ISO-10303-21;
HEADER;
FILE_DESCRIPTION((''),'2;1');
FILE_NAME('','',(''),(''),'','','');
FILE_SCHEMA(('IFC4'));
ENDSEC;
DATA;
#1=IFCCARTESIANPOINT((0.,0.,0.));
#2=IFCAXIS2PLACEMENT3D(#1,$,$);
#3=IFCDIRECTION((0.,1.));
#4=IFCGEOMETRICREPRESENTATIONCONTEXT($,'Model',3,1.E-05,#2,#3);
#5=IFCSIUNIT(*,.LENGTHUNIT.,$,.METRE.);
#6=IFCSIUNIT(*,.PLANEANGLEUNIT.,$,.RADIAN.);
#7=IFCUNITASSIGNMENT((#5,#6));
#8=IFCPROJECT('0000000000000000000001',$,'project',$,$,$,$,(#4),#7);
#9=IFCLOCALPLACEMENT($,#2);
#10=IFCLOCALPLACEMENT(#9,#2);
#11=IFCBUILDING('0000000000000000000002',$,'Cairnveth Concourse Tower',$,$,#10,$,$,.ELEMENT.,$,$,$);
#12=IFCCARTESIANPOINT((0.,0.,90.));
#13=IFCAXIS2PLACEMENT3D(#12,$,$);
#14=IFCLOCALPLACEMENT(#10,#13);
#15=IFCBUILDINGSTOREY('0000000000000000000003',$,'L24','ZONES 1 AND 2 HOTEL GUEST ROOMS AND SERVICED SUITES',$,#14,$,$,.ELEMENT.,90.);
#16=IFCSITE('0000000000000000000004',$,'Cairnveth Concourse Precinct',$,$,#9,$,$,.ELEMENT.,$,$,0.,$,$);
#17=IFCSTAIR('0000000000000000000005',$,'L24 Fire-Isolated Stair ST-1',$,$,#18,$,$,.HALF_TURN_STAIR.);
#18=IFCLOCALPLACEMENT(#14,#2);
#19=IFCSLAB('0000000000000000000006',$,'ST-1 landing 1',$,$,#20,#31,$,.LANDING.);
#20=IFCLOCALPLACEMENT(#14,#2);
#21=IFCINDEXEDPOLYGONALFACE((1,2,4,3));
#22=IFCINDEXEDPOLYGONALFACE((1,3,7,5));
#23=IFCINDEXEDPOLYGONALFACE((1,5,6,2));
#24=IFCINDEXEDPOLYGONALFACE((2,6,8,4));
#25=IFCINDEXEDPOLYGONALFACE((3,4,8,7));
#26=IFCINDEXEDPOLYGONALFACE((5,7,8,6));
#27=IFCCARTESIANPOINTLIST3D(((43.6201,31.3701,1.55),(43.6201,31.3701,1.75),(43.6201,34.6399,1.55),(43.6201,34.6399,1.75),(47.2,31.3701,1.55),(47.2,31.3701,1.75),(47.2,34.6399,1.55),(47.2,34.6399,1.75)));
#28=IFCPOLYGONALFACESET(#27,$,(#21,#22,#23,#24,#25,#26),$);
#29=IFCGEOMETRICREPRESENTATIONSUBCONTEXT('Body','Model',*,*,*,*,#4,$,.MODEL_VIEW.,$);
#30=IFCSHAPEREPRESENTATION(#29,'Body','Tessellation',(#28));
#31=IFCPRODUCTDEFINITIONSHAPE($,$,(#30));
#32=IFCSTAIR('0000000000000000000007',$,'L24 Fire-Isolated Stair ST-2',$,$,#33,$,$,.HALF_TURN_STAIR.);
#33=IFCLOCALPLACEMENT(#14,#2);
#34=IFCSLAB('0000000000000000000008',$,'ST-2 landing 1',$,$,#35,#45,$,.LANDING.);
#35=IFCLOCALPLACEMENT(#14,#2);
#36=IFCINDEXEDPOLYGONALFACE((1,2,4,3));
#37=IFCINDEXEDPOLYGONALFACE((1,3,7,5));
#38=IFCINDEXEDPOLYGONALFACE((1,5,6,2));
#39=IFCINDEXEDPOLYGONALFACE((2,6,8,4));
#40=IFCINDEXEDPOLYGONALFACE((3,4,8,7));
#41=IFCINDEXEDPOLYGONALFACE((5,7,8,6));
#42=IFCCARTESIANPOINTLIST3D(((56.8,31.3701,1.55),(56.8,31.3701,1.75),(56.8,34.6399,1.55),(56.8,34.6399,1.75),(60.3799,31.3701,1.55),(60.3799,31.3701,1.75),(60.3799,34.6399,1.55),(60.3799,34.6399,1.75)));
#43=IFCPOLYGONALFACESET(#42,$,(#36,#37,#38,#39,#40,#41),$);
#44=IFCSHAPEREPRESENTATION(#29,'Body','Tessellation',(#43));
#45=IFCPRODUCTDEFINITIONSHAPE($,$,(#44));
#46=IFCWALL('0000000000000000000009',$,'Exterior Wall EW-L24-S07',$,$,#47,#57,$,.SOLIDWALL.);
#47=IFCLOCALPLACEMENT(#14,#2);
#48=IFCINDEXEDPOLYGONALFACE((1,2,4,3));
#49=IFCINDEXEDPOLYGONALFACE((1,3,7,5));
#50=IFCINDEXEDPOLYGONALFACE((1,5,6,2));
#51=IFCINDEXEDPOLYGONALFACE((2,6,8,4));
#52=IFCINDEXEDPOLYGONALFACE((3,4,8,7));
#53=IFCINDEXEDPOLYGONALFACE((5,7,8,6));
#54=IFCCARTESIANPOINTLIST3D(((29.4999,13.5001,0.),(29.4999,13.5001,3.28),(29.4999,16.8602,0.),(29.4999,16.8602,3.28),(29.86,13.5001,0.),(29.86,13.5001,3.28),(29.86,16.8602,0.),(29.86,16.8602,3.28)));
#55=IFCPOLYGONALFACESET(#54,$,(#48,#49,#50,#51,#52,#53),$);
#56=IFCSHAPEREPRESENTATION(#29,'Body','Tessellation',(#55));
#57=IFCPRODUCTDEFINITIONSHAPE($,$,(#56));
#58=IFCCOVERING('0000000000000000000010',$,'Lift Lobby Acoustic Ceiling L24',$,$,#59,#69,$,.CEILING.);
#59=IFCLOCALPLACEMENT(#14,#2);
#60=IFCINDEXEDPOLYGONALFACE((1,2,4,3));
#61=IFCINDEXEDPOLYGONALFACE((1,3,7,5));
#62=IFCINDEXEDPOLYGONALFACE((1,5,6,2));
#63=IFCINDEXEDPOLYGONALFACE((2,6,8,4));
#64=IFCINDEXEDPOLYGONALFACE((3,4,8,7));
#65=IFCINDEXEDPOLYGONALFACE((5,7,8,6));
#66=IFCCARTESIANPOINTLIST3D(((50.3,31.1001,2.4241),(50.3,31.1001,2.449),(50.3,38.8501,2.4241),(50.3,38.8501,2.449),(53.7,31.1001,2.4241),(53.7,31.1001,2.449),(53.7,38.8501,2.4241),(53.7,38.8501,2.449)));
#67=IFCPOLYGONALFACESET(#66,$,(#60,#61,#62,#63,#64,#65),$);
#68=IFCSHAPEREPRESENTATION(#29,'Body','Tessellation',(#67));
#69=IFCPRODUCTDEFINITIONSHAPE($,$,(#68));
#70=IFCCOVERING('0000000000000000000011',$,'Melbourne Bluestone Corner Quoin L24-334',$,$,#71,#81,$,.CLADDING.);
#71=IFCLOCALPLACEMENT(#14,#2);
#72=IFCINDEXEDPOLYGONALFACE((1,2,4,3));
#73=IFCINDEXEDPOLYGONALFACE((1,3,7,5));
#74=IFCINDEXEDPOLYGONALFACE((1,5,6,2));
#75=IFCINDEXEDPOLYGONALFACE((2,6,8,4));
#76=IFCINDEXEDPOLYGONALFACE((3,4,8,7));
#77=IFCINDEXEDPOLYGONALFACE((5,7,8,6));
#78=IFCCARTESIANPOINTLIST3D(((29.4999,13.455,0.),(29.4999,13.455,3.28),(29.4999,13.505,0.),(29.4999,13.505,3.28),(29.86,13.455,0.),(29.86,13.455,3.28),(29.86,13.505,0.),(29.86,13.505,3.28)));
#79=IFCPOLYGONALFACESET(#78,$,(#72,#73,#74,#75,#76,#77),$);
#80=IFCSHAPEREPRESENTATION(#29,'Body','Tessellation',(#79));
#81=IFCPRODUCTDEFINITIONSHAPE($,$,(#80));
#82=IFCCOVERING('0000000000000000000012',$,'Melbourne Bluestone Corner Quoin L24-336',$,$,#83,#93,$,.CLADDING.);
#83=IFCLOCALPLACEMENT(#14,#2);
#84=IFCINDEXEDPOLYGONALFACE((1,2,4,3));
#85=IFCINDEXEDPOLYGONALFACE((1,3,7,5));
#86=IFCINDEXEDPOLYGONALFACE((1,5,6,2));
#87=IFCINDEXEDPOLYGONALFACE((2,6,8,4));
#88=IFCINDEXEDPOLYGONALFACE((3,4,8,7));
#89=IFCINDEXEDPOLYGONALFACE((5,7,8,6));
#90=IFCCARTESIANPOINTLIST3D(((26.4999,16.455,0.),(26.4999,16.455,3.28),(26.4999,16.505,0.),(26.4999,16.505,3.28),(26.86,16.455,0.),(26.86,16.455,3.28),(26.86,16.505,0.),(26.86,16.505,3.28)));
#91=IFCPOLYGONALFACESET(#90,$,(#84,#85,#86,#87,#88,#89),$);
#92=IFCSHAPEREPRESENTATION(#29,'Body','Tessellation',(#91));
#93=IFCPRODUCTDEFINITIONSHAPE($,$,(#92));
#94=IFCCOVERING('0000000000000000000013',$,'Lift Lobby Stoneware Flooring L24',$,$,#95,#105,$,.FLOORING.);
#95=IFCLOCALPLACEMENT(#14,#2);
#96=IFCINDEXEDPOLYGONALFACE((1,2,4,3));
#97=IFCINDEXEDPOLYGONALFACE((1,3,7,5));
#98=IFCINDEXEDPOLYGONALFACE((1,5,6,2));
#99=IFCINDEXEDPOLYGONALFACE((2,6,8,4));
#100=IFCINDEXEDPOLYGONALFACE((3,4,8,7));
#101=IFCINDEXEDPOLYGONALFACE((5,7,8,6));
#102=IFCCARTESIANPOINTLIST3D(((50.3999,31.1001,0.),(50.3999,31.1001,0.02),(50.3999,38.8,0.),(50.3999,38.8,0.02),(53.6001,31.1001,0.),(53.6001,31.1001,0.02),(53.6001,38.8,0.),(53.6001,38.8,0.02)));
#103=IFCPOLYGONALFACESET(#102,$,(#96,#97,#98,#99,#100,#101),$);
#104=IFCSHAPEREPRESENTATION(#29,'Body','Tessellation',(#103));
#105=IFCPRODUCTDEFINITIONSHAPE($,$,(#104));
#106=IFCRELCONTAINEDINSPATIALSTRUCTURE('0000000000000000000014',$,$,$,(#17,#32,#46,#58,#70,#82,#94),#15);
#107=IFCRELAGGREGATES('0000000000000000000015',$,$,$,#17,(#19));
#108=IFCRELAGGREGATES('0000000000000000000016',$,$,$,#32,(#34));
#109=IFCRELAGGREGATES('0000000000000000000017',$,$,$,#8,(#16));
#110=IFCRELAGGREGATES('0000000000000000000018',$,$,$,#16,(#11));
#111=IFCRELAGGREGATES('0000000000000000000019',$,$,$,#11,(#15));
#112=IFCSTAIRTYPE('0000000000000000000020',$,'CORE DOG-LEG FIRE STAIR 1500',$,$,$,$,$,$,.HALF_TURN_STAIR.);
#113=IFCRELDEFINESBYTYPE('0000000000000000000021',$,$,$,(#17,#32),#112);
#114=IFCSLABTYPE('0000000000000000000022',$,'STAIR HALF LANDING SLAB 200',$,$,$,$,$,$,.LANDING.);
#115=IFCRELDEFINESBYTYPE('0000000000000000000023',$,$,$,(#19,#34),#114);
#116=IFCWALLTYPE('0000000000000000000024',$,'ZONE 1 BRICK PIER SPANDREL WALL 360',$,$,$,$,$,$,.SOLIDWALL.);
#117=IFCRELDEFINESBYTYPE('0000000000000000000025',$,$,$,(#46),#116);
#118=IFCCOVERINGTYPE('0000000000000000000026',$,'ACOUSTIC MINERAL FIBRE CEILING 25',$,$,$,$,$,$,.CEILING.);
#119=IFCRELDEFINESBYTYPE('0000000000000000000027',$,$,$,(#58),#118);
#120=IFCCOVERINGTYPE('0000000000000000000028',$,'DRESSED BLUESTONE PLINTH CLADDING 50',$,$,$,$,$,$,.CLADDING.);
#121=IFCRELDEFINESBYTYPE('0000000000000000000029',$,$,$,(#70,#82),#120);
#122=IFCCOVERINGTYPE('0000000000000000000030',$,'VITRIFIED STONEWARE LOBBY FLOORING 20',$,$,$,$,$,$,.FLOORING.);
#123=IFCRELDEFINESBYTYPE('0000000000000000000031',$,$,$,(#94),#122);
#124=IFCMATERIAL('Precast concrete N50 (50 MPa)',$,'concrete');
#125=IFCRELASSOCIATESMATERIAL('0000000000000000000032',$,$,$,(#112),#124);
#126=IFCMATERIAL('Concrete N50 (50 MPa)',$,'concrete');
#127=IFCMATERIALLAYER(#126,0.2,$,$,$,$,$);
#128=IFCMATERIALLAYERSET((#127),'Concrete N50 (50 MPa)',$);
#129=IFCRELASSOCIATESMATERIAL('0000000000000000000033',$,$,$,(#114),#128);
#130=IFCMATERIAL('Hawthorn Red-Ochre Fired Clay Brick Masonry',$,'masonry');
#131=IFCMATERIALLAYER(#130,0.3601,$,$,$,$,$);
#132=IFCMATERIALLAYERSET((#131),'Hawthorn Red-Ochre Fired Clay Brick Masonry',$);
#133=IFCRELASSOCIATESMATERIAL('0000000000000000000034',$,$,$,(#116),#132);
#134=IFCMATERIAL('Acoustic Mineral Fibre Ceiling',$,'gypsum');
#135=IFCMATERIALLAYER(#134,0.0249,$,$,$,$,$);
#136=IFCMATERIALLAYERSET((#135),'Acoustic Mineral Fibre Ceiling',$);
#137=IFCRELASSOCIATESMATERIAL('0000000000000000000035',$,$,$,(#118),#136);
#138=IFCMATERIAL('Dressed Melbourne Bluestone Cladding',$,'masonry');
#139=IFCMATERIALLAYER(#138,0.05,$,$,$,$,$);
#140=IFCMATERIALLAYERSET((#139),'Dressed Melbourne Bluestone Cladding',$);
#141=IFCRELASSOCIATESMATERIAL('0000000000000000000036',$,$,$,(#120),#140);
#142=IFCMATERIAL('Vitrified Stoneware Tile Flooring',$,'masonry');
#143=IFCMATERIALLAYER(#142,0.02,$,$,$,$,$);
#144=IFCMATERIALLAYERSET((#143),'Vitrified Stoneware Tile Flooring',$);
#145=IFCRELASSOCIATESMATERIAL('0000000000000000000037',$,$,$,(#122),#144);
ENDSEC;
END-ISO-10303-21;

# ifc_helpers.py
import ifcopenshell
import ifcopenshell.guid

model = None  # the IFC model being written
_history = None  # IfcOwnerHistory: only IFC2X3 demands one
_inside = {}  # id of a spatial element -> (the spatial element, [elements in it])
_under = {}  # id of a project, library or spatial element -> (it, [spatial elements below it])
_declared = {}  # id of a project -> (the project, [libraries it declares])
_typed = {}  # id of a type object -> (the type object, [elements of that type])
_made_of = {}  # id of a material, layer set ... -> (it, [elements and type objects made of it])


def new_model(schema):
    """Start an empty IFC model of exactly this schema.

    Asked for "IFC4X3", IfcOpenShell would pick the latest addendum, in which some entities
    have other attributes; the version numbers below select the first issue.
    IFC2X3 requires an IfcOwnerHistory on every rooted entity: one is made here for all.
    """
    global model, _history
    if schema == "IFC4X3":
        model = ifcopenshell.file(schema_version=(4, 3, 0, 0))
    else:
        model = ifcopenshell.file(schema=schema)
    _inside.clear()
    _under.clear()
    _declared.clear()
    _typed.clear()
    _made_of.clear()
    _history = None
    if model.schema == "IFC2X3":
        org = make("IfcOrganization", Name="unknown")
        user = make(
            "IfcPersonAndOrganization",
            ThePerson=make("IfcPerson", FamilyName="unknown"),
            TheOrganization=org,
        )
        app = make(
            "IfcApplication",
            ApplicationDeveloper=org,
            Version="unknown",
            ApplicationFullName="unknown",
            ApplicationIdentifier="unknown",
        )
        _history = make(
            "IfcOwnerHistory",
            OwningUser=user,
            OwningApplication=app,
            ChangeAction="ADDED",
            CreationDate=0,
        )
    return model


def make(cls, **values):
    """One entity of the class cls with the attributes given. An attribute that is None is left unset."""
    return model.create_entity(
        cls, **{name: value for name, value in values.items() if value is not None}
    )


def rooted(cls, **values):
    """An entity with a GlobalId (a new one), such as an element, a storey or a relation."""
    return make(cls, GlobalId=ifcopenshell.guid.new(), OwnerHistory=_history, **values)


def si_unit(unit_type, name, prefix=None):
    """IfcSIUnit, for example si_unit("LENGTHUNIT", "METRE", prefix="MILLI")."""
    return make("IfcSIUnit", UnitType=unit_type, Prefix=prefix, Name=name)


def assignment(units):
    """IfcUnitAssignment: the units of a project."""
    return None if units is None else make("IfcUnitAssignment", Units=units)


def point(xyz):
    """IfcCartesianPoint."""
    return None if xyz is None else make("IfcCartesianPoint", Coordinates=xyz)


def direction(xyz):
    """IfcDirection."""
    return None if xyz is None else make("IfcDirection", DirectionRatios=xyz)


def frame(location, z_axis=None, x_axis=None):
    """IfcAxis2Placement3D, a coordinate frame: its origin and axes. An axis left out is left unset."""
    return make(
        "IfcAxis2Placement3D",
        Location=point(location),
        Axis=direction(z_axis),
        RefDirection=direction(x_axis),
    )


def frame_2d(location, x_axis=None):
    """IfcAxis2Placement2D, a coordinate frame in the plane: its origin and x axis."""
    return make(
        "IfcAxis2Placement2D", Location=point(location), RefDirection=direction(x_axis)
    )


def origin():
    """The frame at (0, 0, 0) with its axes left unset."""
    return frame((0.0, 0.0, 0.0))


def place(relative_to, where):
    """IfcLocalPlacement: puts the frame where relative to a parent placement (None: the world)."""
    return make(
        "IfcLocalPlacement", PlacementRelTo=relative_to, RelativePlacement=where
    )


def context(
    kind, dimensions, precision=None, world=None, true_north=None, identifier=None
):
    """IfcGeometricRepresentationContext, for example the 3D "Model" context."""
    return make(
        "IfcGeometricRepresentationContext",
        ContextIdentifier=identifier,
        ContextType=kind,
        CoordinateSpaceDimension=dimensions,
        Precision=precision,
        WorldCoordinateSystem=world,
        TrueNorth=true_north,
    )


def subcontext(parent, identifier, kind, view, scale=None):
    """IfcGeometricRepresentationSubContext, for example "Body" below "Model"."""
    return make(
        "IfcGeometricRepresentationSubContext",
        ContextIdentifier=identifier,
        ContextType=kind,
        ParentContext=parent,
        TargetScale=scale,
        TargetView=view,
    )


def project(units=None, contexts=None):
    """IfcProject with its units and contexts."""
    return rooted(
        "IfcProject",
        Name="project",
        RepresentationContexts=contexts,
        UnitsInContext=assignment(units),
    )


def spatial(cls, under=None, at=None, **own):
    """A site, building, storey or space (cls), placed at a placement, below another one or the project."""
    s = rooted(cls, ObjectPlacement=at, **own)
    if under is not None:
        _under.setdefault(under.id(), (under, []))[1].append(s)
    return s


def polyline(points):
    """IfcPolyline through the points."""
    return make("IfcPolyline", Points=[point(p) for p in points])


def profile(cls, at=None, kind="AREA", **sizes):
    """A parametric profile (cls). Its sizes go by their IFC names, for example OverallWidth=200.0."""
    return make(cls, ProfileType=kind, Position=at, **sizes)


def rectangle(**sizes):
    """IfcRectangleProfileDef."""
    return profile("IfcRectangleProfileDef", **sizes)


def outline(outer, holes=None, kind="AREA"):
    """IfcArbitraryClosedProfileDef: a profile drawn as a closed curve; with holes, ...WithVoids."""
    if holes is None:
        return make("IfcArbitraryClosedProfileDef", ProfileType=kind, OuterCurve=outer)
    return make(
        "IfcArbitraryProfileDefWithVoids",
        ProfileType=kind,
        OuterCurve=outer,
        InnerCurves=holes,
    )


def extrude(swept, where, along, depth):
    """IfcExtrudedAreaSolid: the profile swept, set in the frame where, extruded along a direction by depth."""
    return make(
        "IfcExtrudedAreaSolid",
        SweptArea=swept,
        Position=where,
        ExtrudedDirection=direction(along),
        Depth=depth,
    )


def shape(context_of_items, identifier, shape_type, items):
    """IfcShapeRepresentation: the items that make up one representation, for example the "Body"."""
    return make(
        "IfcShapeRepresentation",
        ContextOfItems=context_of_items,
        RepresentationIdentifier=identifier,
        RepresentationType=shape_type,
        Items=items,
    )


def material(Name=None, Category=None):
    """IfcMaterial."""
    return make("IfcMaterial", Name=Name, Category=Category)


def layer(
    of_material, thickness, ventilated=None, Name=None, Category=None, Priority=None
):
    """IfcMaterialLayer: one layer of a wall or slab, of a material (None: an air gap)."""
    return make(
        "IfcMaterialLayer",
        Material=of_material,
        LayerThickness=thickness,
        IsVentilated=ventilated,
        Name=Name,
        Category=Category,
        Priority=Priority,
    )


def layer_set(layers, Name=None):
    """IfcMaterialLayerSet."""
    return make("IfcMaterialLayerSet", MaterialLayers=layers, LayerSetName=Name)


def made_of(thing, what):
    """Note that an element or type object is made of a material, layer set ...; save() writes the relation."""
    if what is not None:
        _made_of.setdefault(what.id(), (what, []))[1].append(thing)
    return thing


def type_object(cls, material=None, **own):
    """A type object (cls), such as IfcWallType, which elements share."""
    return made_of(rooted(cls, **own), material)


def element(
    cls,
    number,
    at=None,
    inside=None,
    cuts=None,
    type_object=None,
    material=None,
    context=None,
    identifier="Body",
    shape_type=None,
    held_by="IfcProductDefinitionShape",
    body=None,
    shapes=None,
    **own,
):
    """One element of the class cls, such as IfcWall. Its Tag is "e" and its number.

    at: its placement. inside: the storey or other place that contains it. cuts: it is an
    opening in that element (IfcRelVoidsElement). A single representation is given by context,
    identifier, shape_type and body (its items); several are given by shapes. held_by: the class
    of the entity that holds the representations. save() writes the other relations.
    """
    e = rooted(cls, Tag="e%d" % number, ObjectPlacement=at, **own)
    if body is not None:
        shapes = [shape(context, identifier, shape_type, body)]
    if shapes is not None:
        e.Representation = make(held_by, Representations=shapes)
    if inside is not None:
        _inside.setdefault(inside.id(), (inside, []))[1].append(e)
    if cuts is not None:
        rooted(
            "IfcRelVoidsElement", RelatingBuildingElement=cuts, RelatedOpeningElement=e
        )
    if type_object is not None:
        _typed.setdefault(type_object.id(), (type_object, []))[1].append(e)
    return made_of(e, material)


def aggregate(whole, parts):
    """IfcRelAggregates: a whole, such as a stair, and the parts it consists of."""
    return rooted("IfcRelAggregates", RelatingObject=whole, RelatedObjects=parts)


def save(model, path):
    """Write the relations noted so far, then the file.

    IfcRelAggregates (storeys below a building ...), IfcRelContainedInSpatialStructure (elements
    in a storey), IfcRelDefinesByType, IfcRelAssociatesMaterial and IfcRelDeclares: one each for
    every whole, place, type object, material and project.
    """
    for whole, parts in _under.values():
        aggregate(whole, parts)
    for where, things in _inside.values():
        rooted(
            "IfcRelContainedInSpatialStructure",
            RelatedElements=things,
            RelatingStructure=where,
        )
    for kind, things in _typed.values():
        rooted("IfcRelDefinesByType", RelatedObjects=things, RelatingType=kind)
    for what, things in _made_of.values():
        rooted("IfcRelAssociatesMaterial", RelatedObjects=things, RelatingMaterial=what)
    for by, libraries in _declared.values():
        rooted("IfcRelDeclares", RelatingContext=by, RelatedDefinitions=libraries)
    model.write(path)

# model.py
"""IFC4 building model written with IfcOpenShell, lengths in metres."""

from ifc_helpers import new_model, si_unit, direction, frame, frame_2d, origin, place, context, subcontext, project, spatial, polyline, rectangle, outline, extrude, material, layer, layer_set, type_object, element, aggregate, save


model = new_model("IFC4")

# Units and contexts
model_context = context("Model", 3, precision=1e-05, world=origin(), true_north=direction((0.0, 1.0)))
body_context = subcontext(model_context, "Body", "Model", "MODEL_VIEW")
ifc_project = project(units=[si_unit("LENGTHUNIT", "METRE"), si_unit("PLANEANGLEUNIT", "RADIAN")], contexts=[model_context])

# Site, building, storey
site_placement = place(None, origin())
site = spatial("IfcSite", under=ifc_project, at=site_placement, Name="Cairnveth Concourse Precinct", CompositionType="ELEMENT", RefElevation=0.0)
building_placement = place(site_placement, origin())
building = spatial("IfcBuilding", under=site, at=building_placement, Name="Cairnveth Concourse Tower", CompositionType="ELEMENT")
storey_placement = place(building_placement, frame((0.0, 0.0, 90.0)))
storey = spatial("IfcBuildingStorey", under=building, at=storey_placement, Name="L24", Description="ZONES 1 AND 2 HOTEL GUEST ROOMS AND SERVICED SUITES", CompositionType="ELEMENT", Elevation=90.0)

# Shared definitions
ifc_material_1 = material(Name="Concrete N50 (50 MPa)", Category="concrete")

# Stairs, slabs
ifc_material_2 = material(Name="Precast concrete N50 (50 MPa)", Category="concrete")
stair_type = type_object("IfcStairType", Name="CORE DOG-LEG FIRE STAIR 1500", PredefinedType="HALF_TURN_STAIR", material=ifc_material_2)
stair_1_placement = place(storey_placement, origin())
stair_1 = element("IfcStair", 1, at=stair_1_placement, inside=storey, type_object=stair_type, Name="L24 Fire-Isolated Stair ST-1", PredefinedType="HALF_TURN_STAIR")
ifc_layer_1 = layer(ifc_material_1, 0.2)
ifc_layer_set_1 = layer_set([ifc_layer_1], Name="Concrete N50 (50 MPa)")
slab_type_1 = type_object("IfcSlabType", Name="STAIR HALF LANDING SLAB 200", PredefinedType="LANDING", material=ifc_layer_set_1)
slab_1_placement = place(storey_placement, frame((0.0, 0.0, 1.55)))
slab_1 = element("IfcSlab", 2, at=slab_1_placement, type_object=slab_type_1, Name="ST-1 landing 1", PredefinedType="LANDING", context=body_context, shape_type="SweptSolid", body=[
    extrude(outline(polyline([(43.6201, 34.6399), (43.6201, 31.3701), (47.2, 31.3701), (47.2, 34.6399), (43.6201, 34.6399)])), origin(), (0.0, 0.0, 1.0), 0.2),
])
aggregate(stair_1, [slab_1])
stair_2_placement = place(storey_placement, origin())
stair_2 = element("IfcStair", 3, at=stair_2_placement, inside=storey, type_object=stair_type, Name="L24 Fire-Isolated Stair ST-2", PredefinedType="HALF_TURN_STAIR")
slab_2_placement = place(storey_placement, frame((0.0, 0.0, 1.55)))
slab_2 = element("IfcSlab", 4, at=slab_2_placement, type_object=slab_type_1, Name="ST-2 landing 1", PredefinedType="LANDING", context=body_context, shape_type="SweptSolid", body=[
    extrude(outline(polyline([(56.8, 34.6399), (56.8, 31.3701), (60.3799, 31.3701), (60.3799, 34.6399), (56.8, 34.6399)])), origin(), (0.0, 0.0, 1.0), 0.2),
])
aggregate(stair_2, [slab_2])

# Wall
ifc_material_3 = material(Name="Hawthorn Red-Ochre Fired Clay Brick Masonry", Category="masonry")
ifc_layer_2 = layer(ifc_material_3, 0.3601)
ifc_layer_set_2 = layer_set([ifc_layer_2], Name="Hawthorn Red-Ochre Fired Clay Brick Masonry")
wall_type = type_object("IfcWallType", Name="ZONE 1 BRICK PIER SPANDREL WALL 360", PredefinedType="SOLIDWALL", material=ifc_layer_set_2)
wall_1_placement = place(storey_placement, frame((29.6799, 13.5, 0.0), z_axis=(0.0, 0.0, 1.0), x_axis=(0.0, 1.0, 0.0)))
element("IfcWall", 5, at=wall_1_placement, inside=storey, type_object=wall_type, Name="Exterior Wall EW-L24-S07", PredefinedType="SOLIDWALL", context=body_context, shape_type="SweptSolid", body=[
    extrude(rectangle(XDim=3.3601, YDim=0.3601, at=frame_2d((1.6802, 0.0))), origin(), (0.0, 0.0, 1.0), 3.28),
])

# Coverings
ifc_material_4 = material(Name="Acoustic Mineral Fibre Ceiling", Category="gypsum")
ifc_layer_3 = layer(ifc_material_4, 0.0249)
ifc_layer_set_3 = layer_set([ifc_layer_3], Name="Acoustic Mineral Fibre Ceiling")
covering_type_1 = type_object("IfcCoveringType", Name="ACOUSTIC MINERAL FIBRE CEILING 25", PredefinedType="CEILING", material=ifc_layer_set_3)
covering_1_placement = place(storey_placement, frame((0.0, 0.0, 2.4241)))
element("IfcCovering", 6, at=covering_1_placement, inside=storey, type_object=covering_type_1, Name="Lift Lobby Acoustic Ceiling L24", PredefinedType="CEILING", context=body_context, shape_type="SweptSolid", body=[
    extrude(outline(polyline([(50.3, 31.1001), (53.7, 31.1001), (53.7, 38.8501), (50.3, 38.8501), (50.3, 31.1001)])), origin(), (0.0, 0.0, 1.0), 0.0249),
])
ifc_material_5 = material(Name="Dressed Melbourne Bluestone Cladding", Category="masonry")
ifc_layer_4 = layer(ifc_material_5, 0.05)
ifc_layer_set_4 = layer_set([ifc_layer_4], Name="Dressed Melbourne Bluestone Cladding")
covering_type_2 = type_object("IfcCoveringType", Name="DRESSED BLUESTONE PLINTH CLADDING 50", PredefinedType="CLADDING", material=ifc_layer_set_4)
for number, where, z_axis, x_axis, name in (
    (7, (29.8601, 13.48, 0.0), (0.0, 0.0, 1.0), (-1.0, 0.0, 0.0), "Melbourne Bluestone Corner Quoin L24-334"),
    (8, (26.8601, 16.48, 0.0), (0.0, 0.0, 1.0), (-1.0, 0.0, 0.0), "Melbourne Bluestone Corner Quoin L24-336"),
):
    element("IfcCovering", number, at=place(storey_placement, frame(where, z_axis=z_axis, x_axis=x_axis)), inside=storey, type_object=covering_type_2, Name=name, PredefinedType="CLADDING", context=body_context, shape_type="SweptSolid", body=[
        extrude(rectangle(XDim=0.3601, YDim=0.05, at=frame_2d((0.1802, 0.0))), origin(), (0.0, 0.0, 1.0), 3.28),
    ])
ifc_material_6 = material(Name="Vitrified Stoneware Tile Flooring", Category="masonry")
ifc_layer_5 = layer(ifc_material_6, 0.02)
ifc_layer_set_5 = layer_set([ifc_layer_5], Name="Vitrified Stoneware Tile Flooring")
covering_type_3 = type_object("IfcCoveringType", Name="VITRIFIED STONEWARE LOBBY FLOORING 20", PredefinedType="FLOORING", material=ifc_layer_set_5)
covering_2_placement = place(storey_placement, origin())
element("IfcCovering", 9, at=covering_2_placement, inside=storey, type_object=covering_type_3, Name="Lift Lobby Stoneware Flooring L24", PredefinedType="FLOORING", context=body_context, shape_type="SweptSolid", body=[
    extrude(outline(polyline([(50.3999, 31.1001), (53.6001, 31.1001), (53.6001, 38.8), (50.3999, 38.8), (50.3999, 31.1001)])), origin(), (0.0, 0.0, 1.0), 0.02),
])

save(model, "model.ifc")
